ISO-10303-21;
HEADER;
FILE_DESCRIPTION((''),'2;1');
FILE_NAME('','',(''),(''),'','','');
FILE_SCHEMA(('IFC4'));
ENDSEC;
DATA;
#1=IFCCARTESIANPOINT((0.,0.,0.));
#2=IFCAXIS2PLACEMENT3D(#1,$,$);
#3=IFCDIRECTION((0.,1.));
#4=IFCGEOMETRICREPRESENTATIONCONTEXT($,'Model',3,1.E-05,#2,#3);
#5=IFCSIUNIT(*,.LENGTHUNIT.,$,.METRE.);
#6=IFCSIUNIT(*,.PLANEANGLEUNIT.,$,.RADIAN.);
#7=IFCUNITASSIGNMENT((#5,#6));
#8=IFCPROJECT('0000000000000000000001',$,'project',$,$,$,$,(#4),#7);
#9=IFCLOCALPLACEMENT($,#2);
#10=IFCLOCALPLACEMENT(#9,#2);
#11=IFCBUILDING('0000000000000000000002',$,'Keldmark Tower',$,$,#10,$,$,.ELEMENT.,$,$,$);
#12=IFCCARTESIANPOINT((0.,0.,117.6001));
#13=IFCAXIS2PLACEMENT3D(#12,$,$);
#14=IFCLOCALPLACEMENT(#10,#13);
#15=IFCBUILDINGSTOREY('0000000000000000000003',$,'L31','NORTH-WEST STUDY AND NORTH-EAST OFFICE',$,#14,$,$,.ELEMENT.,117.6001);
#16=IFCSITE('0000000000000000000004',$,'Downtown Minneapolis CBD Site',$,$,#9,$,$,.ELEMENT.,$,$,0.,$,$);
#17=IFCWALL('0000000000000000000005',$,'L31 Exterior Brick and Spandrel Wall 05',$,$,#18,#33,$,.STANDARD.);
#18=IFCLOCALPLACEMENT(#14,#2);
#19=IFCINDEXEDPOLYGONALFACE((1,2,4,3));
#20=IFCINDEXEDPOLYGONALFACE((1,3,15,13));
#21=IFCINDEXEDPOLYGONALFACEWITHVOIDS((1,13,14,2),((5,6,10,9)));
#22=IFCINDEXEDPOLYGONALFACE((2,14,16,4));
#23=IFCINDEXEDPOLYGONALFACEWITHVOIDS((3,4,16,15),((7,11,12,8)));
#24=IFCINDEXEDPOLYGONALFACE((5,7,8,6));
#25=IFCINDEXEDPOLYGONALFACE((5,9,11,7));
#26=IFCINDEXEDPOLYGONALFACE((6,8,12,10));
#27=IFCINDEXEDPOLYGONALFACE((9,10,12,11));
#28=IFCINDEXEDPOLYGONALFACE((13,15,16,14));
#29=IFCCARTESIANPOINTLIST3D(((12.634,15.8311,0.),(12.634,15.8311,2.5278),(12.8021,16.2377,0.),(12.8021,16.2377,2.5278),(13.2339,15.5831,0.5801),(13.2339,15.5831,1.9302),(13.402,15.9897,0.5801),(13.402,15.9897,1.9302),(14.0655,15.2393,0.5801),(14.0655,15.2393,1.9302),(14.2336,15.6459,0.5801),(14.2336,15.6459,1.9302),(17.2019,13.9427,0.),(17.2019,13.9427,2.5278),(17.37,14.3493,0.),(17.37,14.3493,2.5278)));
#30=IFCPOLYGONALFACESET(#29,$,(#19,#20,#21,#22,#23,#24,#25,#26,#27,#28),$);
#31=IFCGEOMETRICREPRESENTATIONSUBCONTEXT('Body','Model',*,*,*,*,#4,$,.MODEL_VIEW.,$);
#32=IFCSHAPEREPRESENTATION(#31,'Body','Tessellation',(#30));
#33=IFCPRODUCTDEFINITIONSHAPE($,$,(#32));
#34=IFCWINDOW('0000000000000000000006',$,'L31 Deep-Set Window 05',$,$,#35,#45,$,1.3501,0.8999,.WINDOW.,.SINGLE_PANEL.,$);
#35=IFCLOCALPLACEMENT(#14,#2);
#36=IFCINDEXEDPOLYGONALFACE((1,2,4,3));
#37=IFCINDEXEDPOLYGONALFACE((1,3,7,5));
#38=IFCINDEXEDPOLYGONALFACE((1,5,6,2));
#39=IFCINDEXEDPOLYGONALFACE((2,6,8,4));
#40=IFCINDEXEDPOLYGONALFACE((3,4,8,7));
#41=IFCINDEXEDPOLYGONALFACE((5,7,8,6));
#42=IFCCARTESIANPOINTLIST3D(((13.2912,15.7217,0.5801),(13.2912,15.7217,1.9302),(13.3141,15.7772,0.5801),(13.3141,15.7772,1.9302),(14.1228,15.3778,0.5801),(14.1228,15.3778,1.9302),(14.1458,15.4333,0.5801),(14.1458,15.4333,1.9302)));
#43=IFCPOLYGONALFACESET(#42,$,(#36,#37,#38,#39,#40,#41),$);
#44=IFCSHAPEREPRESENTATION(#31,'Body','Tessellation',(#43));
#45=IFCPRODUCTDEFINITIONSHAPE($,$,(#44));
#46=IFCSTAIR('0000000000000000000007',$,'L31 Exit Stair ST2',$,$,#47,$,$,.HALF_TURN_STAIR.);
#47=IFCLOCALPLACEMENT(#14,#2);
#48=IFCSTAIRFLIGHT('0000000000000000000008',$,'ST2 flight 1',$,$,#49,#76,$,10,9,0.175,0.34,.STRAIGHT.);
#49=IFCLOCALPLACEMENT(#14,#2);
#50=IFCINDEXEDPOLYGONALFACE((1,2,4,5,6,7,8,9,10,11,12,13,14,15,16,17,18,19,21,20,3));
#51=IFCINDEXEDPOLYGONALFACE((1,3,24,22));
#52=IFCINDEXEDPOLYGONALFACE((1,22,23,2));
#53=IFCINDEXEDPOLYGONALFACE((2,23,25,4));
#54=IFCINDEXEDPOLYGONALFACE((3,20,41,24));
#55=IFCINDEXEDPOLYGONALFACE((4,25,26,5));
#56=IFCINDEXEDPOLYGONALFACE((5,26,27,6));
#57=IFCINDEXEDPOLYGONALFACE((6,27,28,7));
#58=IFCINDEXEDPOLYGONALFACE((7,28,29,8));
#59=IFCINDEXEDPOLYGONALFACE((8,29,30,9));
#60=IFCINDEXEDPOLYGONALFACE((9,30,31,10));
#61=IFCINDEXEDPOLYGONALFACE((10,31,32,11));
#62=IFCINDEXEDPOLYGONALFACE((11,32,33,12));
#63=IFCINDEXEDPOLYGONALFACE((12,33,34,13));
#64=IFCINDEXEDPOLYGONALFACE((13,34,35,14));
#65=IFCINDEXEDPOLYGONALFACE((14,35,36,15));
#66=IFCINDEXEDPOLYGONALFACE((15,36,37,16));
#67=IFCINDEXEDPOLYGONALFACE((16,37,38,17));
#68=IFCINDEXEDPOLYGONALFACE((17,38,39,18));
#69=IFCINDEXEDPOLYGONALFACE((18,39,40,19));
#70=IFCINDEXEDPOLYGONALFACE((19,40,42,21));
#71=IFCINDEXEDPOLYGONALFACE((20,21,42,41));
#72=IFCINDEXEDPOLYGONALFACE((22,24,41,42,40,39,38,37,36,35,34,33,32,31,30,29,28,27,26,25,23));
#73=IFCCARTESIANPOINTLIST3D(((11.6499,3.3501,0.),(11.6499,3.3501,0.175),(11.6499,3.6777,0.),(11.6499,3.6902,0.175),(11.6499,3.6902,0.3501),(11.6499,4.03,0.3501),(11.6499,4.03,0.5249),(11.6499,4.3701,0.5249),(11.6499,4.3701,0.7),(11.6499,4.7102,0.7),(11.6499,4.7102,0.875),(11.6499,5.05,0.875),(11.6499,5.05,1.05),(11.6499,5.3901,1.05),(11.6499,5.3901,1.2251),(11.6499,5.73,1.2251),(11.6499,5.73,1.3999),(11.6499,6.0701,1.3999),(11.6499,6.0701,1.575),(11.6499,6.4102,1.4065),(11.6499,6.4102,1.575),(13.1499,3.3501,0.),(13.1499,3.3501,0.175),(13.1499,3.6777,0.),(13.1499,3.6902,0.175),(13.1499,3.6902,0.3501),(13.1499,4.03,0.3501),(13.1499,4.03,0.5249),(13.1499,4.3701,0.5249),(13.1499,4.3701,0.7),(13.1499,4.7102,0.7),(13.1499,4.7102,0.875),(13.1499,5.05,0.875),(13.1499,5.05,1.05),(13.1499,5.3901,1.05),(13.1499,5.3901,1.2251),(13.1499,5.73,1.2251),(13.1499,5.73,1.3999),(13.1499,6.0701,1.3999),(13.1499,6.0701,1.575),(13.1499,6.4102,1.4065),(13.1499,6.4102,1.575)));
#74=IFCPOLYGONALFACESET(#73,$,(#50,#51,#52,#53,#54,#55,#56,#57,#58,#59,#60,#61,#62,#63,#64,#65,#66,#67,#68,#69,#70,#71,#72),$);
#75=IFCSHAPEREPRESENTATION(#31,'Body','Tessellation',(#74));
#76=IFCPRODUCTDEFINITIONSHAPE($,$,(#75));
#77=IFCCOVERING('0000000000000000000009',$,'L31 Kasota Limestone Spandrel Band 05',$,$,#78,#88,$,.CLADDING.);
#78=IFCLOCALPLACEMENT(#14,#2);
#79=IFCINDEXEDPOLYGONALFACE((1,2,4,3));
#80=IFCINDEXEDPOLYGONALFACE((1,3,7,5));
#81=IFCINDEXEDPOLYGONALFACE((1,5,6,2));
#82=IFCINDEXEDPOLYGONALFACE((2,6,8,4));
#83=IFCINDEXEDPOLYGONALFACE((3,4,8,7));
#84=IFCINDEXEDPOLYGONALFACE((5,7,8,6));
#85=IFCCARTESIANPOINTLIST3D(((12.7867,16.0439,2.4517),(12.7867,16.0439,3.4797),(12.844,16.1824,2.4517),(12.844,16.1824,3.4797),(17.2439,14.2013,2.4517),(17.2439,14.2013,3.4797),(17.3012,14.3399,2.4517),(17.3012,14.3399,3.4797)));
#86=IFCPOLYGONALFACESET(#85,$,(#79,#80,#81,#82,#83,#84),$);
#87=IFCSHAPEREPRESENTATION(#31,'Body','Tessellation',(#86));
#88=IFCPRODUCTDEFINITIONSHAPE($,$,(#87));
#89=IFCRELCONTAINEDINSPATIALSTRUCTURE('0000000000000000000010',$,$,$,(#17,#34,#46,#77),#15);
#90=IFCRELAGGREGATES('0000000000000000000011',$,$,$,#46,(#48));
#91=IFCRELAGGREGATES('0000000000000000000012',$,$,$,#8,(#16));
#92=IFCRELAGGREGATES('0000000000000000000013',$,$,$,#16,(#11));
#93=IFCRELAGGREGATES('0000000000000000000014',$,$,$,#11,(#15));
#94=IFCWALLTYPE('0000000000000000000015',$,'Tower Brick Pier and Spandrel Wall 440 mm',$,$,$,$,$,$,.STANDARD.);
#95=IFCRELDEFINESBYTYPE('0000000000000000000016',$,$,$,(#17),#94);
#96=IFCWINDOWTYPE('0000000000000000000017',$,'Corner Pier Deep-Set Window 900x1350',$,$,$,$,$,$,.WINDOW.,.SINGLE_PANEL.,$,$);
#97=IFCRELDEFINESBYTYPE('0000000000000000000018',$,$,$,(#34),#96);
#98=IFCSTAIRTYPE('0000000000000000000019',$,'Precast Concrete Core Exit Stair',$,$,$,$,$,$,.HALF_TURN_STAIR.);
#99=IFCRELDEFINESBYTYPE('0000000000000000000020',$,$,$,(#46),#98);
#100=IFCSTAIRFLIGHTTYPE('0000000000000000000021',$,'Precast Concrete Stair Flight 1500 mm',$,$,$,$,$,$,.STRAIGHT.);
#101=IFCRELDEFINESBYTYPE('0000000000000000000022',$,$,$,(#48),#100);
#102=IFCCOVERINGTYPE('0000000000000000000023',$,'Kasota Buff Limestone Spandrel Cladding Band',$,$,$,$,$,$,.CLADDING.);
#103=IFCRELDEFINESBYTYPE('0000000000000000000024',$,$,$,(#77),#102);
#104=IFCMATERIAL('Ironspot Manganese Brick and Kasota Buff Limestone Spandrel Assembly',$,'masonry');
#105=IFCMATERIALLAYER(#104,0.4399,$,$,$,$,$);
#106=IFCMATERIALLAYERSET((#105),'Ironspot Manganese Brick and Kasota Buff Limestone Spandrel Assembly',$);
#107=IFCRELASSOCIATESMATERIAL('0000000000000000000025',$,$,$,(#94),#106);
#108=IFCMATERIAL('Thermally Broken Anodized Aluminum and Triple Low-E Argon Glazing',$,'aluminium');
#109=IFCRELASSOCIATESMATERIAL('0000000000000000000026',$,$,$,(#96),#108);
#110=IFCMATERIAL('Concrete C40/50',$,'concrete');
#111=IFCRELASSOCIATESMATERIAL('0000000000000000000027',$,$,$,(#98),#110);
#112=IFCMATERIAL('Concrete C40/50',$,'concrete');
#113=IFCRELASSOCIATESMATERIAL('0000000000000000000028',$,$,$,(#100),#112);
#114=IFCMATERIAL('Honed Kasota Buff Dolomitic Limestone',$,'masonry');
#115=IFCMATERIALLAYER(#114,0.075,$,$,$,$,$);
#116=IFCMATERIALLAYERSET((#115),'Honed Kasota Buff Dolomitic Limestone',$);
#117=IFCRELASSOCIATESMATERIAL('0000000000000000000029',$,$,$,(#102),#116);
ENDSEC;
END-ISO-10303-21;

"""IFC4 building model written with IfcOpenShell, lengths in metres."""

from ifc_helpers import new_model, si_unit, direction, frame, frame_2d, origin, origin_2d, place, context, subcontext, project, spatial, polyline, rectangle, outline, extrude, material, layer, layer_set, type_object, element, fill, aggregate, save


model = new_model("IFC4")

# Units and contexts
model_context = context("Model", 3, precision=1e-05, world=origin(), true_north=direction((0.0, 1.0)))
body_context = subcontext(model_context, "Body", "Model", "MODEL_VIEW")
ifc_project = project(units=[si_unit("LENGTHUNIT", "METRE"), si_unit("PLANEANGLEUNIT", "RADIAN")], contexts=[model_context])

# Site, building, storey
site_placement = place(None, origin())
site = spatial("IfcSite", under=ifc_project, at=site_placement, Name="Downtown Minneapolis CBD Site", CompositionType="ELEMENT", RefElevation=0.0)
building_placement = place(site_placement, origin())
building = spatial("IfcBuilding", under=site, at=building_placement, Name="Keldmark Tower", CompositionType="ELEMENT")
storey_placement = place(building_placement, frame((0.0, 0.0, 117.6001)))
storey = spatial("IfcBuildingStorey", under=building, at=storey_placement, Name="L31", Description="NORTH-WEST STUDY AND NORTH-EAST OFFICE", CompositionType="ELEMENT", Elevation=117.6001)

# Wall, opening, window
ifc_material_1 = material(Name="Ironspot Manganese Brick and Kasota Buff Limestone Spandrel Assembly", Category="masonry")
ifc_layer_1 = layer(ifc_material_1, 0.4399)
ifc_layer_set_1 = layer_set([ifc_layer_1], Name="Ironspot Manganese Brick and Kasota Buff Limestone Spandrel Assembly")
wall_type_1 = type_object("IfcWallType", Name="Tower Brick Pier and Spandrel Wall 440 mm", PredefinedType="STANDARD", material=ifc_layer_set_1)
wall_1_placement = place(storey_placement, frame((12.718, 16.0344, 0.0), z_axis=(0.0, 0.0, 1.0), x_axis=(0.92414, -0.382054, 0.0)))
wall_1 = element("IfcWall", 1, at=wall_1_placement, inside=storey, type_object=wall_type_1, Name="L31 Exterior Brick and Spandrel Wall 05", PredefinedType="STANDARD", context=body_context, shape_type="SweptSolid", body=[
    extrude(rectangle(XDim=4.9429, YDim=0.4399, at=frame_2d((2.4714, 0.0))), origin(), (0.0, 0.0, 1.0), 2.5278),
])
opening_1_placement = place(wall_1_placement, frame((0.6492, 0.0, 0.5801)))
opening_1 = element("IfcOpeningElement", 2, at=opening_1_placement, cuts=wall_1, PredefinedType="OPENING", context=body_context, shape_type="SweptSolid", body=[
    extrude(rectangle(XDim=0.8999, YDim=1.3501, at=frame_2d((0.45, 0.675))), frame((0.0, 0.23, 0.0), z_axis=(0.0, -1.0, 0.0), x_axis=(1.0, 0.0, 0.0)), (0.0, 0.0, 1.0), 0.46),
])
ifc_material_2 = material(Name="Thermally Broken Anodized Aluminum and Triple Low-E Argon Glazing", Category="aluminium")
window_type = type_object("IfcWindowType", Name="Corner Pier Deep-Set Window 900x1350", PartitioningType="SINGLE_PANEL", PredefinedType="WINDOW", material=ifc_material_2)
window_placement = place(opening_1_placement, origin())
window = element("IfcWindow", 3, at=window_placement, inside=storey, type_object=window_type, Name="L31 Deep-Set Window 05", OverallHeight=1.3501, OverallWidth=0.8999, PartitioningType="SINGLE_PANEL", PredefinedType="WINDOW", context=body_context, shape_type="SweptSolid", body=[
    extrude(rectangle(XDim=0.8999, YDim=1.3501, at=frame_2d((0.45, 0.675))), frame((0.0, -0.01, 0.0), z_axis=(0.0, -1.0, 0.0), x_axis=(1.0, 0.0, 0.0)), (0.0, 0.0, 1.0), 0.0601),
])
fill(opening_1, window)

# Stair, stair flight
ifc_material_3 = material(Name="Concrete C40/50", Category="concrete")
stair_type = type_object("IfcStairType", Name="Precast Concrete Core Exit Stair", PredefinedType="HALF_TURN_STAIR", material=ifc_material_3)
stair_placement = place(storey_placement, origin())
stair = element("IfcStair", 4, at=stair_placement, inside=storey, type_object=stair_type, Name="L31 Exit Stair ST2", PredefinedType="HALF_TURN_STAIR")
ifc_material_4 = material(Name="Concrete C40/50", Category="concrete")
stair_flight_type = type_object("IfcStairFlightType", Name="Precast Concrete Stair Flight 1500 mm", PredefinedType="STRAIGHT", material=ifc_material_4)
stair_flight_placement = place(storey_placement, frame((12.3999, 3.3501, 0.0), z_axis=(0.0, 0.0, 1.0), x_axis=(0.0, 1.0, 0.0)))
stair_flight = element("IfcStairFlight", 5, at=stair_flight_placement, type_object=stair_flight_type, Name="ST2 flight 1", NumberOfRisers=10, NumberOfTreads=9, PredefinedType="STRAIGHT", RiserHeight=0.175, TreadLength=0.34, context=body_context, shape_type="SweptSolid", body=[
    extrude(outline(polyline([(0.0, 0.0), (0.0, 0.175), (0.3401, 0.175), (0.3401, 0.3501), (0.6799, 0.3501), (0.6799, 0.5249), (1.02, 0.5249), (1.02, 0.7), (1.3601, 0.7), (1.3601, 0.875), (1.7, 0.875), (1.7, 1.05), (2.04, 1.05), (2.04, 1.2251), (2.3799, 1.2251), (2.3799, 1.3999), (2.72, 1.3999), (2.72, 1.575), (3.0601, 1.575), (3.0601, 1.75), (3.0601, 1.4065), (0.3276, 0.0), (0.0, 0.0)])), frame((0.0, 0.75, 0.0), z_axis=(0.0, -1.0, 0.0), x_axis=(1.0, 0.0, 0.0)), (0.0, 0.0, 1.0), 1.5),
])
aggregate(stair, [stair_flight])

# Covering
ifc_material_5 = material(Name="Honed Kasota Buff Dolomitic Limestone", Category="masonry")
ifc_layer_2 = layer(ifc_material_5, 0.075)
ifc_layer_set_2 = layer_set([ifc_layer_2], Name="Honed Kasota Buff Dolomitic Limestone")
covering_type = type_object("IfcCoveringType", Name="Kasota Buff Limestone Spandrel Cladding Band", PredefinedType="CLADDING", material=ifc_layer_set_2)
covering_placement = place(storey_placement, frame((15.0439, 15.1919, 2.4517), z_axis=(0.0, 0.0, 1.0), x_axis=(-0.924146, 0.382038, 0.0)))
element("IfcCovering", 6, at=covering_placement, inside=storey, type_object=covering_type, Name="L31 Kasota Limestone Spandrel Band 05", PredefinedType="CLADDING", context=body_context, shape_type="SweptSolid", body=[
    extrude(rectangle(XDim=4.823, YDim=0.1499, at=origin_2d()), origin(), (0.0, 0.0, 1.0), 1.0281),
])

save(model, "model.ifc")
